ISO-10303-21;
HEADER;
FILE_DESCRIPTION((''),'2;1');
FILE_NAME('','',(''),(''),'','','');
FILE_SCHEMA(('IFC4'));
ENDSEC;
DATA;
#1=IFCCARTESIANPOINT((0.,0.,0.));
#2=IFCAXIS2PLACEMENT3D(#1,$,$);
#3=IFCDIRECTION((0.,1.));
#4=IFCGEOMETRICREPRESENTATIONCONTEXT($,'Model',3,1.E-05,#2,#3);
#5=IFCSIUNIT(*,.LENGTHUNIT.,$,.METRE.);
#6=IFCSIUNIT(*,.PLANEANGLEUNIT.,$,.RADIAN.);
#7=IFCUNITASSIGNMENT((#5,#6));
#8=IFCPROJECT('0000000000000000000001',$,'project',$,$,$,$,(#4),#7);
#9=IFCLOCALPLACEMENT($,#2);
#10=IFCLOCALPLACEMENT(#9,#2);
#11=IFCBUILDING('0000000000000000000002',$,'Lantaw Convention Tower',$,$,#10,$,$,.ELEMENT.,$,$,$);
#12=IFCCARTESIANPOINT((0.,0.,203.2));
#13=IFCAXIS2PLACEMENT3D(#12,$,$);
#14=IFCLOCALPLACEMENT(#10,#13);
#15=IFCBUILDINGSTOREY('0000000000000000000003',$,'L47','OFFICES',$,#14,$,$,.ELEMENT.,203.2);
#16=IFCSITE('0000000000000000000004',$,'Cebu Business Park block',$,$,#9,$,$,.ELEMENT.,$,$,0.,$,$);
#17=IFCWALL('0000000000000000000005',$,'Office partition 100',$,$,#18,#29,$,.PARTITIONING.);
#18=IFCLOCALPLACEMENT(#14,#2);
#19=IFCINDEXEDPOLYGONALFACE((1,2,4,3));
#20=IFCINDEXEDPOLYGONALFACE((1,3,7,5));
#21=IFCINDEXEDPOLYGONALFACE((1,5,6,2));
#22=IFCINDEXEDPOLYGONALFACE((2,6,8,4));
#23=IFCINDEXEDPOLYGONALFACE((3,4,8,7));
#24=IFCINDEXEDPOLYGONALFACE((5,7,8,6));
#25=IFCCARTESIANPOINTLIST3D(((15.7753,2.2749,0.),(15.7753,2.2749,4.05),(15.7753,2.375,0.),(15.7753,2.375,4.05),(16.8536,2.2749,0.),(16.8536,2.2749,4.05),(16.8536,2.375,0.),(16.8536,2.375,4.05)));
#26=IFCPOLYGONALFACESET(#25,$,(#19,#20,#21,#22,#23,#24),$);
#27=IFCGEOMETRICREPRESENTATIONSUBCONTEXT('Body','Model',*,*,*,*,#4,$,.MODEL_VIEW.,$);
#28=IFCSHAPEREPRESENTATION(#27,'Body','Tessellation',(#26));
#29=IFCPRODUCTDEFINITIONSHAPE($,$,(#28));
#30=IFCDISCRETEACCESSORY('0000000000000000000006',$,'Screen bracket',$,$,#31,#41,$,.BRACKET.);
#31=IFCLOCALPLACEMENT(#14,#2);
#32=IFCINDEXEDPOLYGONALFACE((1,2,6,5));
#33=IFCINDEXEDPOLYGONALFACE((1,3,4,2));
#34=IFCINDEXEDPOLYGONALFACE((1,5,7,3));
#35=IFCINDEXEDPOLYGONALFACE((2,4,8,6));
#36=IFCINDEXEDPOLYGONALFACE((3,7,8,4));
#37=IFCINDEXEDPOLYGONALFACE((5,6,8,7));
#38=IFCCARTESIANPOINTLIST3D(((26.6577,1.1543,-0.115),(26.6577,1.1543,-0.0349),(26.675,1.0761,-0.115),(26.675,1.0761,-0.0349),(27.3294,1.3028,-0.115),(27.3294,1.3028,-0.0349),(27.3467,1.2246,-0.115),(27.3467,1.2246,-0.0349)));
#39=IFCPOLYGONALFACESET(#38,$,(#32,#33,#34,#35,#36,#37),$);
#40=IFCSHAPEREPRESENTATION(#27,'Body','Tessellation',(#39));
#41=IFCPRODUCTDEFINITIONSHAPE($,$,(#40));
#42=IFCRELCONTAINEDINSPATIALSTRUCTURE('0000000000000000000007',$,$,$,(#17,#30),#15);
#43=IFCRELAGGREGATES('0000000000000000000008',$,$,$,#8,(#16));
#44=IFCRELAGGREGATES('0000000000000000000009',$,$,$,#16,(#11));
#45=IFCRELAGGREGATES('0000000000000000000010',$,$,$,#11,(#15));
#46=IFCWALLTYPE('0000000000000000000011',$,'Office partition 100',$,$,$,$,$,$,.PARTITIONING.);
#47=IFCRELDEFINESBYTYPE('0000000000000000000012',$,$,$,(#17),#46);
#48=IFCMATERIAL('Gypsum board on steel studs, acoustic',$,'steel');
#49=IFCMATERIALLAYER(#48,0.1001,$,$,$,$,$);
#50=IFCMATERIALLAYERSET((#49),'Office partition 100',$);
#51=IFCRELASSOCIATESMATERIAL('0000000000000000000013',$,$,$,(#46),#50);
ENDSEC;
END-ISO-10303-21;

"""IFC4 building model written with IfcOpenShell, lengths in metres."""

from ifc_helpers import new_model, si_unit, direction, frame, frame_2d, origin, origin_2d, place, context, subcontext, project, spatial, rectangle, extrude, material, layer, layer_set, type_object, element, save


model = new_model("IFC4")

# Units and contexts
model_context = context("Model", 3, precision=1e-05, world=origin(), true_north=direction((0.0, 1.0)))
body_context = subcontext(model_context, "Body", "Model", "MODEL_VIEW")
ifc_project = project(units=[si_unit("LENGTHUNIT", "METRE"), si_unit("PLANEANGLEUNIT", "RADIAN")], contexts=[model_context])

# Site, building, storey
site_placement = place(None, origin())
site = spatial("IfcSite", under=ifc_project, at=site_placement, Name="Cebu Business Park block", CompositionType="ELEMENT", RefElevation=0.0)
building_placement = place(site_placement, origin())
building = spatial("IfcBuilding", under=site, at=building_placement, Name="Lantaw Convention Tower", CompositionType="ELEMENT")
storey_placement = place(building_placement, frame((0.0, 0.0, 203.2)))
storey = spatial("IfcBuildingStorey", under=building, at=storey_placement, Name="L47", Description="OFFICES", CompositionType="ELEMENT", Elevation=203.2)

# Wall
ifc_material_1 = material(Name="Gypsum board on steel studs, acoustic", Category="steel")
ifc_layer_1 = layer(ifc_material_1, 0.1001)
ifc_layer_set_1 = layer_set([ifc_layer_1], Name="Office partition 100")
wall_type_1 = type_object("IfcWallType", Name="Office partition 100", PredefinedType="PARTITIONING", material=ifc_layer_set_1)
wall_1_placement = place(storey_placement, frame((15.7754, 2.325, 0.0), z_axis=(0.0, 0.0, 1.0), x_axis=(1.0, 0.0, 0.0)))
element("IfcWall", 1, at=wall_1_placement, inside=storey, type_object=wall_type_1, Name="Office partition 100", PredefinedType="PARTITIONING", context=body_context, shape_type="SweptSolid", body=[
    extrude(rectangle(XDim=1.0784, YDim=0.1001, at=frame_2d((0.5391, 0.0))), origin(), (0.0, 0.0, 1.0), 4.05),
])

# Discrete accessory
discrete_accessory_placement = place(storey_placement, frame((27.0022, 1.1895, -0.115), z_axis=(0.0, 0.0, 1.0), x_axis=(-0.215891, 0.976417, 0.0)))
element("IfcDiscreteAccessory", 2, at=discrete_accessory_placement, inside=storey, Name="Screen bracket", PredefinedType="BRACKET", context=body_context, shape_type="SweptSolid", body=[
    extrude(rectangle(XDim=0.0801, YDim=0.688, at=origin_2d()), origin(), (0.0, 0.0, 1.0), 0.0801),
])

save(model, "model.ifc")
